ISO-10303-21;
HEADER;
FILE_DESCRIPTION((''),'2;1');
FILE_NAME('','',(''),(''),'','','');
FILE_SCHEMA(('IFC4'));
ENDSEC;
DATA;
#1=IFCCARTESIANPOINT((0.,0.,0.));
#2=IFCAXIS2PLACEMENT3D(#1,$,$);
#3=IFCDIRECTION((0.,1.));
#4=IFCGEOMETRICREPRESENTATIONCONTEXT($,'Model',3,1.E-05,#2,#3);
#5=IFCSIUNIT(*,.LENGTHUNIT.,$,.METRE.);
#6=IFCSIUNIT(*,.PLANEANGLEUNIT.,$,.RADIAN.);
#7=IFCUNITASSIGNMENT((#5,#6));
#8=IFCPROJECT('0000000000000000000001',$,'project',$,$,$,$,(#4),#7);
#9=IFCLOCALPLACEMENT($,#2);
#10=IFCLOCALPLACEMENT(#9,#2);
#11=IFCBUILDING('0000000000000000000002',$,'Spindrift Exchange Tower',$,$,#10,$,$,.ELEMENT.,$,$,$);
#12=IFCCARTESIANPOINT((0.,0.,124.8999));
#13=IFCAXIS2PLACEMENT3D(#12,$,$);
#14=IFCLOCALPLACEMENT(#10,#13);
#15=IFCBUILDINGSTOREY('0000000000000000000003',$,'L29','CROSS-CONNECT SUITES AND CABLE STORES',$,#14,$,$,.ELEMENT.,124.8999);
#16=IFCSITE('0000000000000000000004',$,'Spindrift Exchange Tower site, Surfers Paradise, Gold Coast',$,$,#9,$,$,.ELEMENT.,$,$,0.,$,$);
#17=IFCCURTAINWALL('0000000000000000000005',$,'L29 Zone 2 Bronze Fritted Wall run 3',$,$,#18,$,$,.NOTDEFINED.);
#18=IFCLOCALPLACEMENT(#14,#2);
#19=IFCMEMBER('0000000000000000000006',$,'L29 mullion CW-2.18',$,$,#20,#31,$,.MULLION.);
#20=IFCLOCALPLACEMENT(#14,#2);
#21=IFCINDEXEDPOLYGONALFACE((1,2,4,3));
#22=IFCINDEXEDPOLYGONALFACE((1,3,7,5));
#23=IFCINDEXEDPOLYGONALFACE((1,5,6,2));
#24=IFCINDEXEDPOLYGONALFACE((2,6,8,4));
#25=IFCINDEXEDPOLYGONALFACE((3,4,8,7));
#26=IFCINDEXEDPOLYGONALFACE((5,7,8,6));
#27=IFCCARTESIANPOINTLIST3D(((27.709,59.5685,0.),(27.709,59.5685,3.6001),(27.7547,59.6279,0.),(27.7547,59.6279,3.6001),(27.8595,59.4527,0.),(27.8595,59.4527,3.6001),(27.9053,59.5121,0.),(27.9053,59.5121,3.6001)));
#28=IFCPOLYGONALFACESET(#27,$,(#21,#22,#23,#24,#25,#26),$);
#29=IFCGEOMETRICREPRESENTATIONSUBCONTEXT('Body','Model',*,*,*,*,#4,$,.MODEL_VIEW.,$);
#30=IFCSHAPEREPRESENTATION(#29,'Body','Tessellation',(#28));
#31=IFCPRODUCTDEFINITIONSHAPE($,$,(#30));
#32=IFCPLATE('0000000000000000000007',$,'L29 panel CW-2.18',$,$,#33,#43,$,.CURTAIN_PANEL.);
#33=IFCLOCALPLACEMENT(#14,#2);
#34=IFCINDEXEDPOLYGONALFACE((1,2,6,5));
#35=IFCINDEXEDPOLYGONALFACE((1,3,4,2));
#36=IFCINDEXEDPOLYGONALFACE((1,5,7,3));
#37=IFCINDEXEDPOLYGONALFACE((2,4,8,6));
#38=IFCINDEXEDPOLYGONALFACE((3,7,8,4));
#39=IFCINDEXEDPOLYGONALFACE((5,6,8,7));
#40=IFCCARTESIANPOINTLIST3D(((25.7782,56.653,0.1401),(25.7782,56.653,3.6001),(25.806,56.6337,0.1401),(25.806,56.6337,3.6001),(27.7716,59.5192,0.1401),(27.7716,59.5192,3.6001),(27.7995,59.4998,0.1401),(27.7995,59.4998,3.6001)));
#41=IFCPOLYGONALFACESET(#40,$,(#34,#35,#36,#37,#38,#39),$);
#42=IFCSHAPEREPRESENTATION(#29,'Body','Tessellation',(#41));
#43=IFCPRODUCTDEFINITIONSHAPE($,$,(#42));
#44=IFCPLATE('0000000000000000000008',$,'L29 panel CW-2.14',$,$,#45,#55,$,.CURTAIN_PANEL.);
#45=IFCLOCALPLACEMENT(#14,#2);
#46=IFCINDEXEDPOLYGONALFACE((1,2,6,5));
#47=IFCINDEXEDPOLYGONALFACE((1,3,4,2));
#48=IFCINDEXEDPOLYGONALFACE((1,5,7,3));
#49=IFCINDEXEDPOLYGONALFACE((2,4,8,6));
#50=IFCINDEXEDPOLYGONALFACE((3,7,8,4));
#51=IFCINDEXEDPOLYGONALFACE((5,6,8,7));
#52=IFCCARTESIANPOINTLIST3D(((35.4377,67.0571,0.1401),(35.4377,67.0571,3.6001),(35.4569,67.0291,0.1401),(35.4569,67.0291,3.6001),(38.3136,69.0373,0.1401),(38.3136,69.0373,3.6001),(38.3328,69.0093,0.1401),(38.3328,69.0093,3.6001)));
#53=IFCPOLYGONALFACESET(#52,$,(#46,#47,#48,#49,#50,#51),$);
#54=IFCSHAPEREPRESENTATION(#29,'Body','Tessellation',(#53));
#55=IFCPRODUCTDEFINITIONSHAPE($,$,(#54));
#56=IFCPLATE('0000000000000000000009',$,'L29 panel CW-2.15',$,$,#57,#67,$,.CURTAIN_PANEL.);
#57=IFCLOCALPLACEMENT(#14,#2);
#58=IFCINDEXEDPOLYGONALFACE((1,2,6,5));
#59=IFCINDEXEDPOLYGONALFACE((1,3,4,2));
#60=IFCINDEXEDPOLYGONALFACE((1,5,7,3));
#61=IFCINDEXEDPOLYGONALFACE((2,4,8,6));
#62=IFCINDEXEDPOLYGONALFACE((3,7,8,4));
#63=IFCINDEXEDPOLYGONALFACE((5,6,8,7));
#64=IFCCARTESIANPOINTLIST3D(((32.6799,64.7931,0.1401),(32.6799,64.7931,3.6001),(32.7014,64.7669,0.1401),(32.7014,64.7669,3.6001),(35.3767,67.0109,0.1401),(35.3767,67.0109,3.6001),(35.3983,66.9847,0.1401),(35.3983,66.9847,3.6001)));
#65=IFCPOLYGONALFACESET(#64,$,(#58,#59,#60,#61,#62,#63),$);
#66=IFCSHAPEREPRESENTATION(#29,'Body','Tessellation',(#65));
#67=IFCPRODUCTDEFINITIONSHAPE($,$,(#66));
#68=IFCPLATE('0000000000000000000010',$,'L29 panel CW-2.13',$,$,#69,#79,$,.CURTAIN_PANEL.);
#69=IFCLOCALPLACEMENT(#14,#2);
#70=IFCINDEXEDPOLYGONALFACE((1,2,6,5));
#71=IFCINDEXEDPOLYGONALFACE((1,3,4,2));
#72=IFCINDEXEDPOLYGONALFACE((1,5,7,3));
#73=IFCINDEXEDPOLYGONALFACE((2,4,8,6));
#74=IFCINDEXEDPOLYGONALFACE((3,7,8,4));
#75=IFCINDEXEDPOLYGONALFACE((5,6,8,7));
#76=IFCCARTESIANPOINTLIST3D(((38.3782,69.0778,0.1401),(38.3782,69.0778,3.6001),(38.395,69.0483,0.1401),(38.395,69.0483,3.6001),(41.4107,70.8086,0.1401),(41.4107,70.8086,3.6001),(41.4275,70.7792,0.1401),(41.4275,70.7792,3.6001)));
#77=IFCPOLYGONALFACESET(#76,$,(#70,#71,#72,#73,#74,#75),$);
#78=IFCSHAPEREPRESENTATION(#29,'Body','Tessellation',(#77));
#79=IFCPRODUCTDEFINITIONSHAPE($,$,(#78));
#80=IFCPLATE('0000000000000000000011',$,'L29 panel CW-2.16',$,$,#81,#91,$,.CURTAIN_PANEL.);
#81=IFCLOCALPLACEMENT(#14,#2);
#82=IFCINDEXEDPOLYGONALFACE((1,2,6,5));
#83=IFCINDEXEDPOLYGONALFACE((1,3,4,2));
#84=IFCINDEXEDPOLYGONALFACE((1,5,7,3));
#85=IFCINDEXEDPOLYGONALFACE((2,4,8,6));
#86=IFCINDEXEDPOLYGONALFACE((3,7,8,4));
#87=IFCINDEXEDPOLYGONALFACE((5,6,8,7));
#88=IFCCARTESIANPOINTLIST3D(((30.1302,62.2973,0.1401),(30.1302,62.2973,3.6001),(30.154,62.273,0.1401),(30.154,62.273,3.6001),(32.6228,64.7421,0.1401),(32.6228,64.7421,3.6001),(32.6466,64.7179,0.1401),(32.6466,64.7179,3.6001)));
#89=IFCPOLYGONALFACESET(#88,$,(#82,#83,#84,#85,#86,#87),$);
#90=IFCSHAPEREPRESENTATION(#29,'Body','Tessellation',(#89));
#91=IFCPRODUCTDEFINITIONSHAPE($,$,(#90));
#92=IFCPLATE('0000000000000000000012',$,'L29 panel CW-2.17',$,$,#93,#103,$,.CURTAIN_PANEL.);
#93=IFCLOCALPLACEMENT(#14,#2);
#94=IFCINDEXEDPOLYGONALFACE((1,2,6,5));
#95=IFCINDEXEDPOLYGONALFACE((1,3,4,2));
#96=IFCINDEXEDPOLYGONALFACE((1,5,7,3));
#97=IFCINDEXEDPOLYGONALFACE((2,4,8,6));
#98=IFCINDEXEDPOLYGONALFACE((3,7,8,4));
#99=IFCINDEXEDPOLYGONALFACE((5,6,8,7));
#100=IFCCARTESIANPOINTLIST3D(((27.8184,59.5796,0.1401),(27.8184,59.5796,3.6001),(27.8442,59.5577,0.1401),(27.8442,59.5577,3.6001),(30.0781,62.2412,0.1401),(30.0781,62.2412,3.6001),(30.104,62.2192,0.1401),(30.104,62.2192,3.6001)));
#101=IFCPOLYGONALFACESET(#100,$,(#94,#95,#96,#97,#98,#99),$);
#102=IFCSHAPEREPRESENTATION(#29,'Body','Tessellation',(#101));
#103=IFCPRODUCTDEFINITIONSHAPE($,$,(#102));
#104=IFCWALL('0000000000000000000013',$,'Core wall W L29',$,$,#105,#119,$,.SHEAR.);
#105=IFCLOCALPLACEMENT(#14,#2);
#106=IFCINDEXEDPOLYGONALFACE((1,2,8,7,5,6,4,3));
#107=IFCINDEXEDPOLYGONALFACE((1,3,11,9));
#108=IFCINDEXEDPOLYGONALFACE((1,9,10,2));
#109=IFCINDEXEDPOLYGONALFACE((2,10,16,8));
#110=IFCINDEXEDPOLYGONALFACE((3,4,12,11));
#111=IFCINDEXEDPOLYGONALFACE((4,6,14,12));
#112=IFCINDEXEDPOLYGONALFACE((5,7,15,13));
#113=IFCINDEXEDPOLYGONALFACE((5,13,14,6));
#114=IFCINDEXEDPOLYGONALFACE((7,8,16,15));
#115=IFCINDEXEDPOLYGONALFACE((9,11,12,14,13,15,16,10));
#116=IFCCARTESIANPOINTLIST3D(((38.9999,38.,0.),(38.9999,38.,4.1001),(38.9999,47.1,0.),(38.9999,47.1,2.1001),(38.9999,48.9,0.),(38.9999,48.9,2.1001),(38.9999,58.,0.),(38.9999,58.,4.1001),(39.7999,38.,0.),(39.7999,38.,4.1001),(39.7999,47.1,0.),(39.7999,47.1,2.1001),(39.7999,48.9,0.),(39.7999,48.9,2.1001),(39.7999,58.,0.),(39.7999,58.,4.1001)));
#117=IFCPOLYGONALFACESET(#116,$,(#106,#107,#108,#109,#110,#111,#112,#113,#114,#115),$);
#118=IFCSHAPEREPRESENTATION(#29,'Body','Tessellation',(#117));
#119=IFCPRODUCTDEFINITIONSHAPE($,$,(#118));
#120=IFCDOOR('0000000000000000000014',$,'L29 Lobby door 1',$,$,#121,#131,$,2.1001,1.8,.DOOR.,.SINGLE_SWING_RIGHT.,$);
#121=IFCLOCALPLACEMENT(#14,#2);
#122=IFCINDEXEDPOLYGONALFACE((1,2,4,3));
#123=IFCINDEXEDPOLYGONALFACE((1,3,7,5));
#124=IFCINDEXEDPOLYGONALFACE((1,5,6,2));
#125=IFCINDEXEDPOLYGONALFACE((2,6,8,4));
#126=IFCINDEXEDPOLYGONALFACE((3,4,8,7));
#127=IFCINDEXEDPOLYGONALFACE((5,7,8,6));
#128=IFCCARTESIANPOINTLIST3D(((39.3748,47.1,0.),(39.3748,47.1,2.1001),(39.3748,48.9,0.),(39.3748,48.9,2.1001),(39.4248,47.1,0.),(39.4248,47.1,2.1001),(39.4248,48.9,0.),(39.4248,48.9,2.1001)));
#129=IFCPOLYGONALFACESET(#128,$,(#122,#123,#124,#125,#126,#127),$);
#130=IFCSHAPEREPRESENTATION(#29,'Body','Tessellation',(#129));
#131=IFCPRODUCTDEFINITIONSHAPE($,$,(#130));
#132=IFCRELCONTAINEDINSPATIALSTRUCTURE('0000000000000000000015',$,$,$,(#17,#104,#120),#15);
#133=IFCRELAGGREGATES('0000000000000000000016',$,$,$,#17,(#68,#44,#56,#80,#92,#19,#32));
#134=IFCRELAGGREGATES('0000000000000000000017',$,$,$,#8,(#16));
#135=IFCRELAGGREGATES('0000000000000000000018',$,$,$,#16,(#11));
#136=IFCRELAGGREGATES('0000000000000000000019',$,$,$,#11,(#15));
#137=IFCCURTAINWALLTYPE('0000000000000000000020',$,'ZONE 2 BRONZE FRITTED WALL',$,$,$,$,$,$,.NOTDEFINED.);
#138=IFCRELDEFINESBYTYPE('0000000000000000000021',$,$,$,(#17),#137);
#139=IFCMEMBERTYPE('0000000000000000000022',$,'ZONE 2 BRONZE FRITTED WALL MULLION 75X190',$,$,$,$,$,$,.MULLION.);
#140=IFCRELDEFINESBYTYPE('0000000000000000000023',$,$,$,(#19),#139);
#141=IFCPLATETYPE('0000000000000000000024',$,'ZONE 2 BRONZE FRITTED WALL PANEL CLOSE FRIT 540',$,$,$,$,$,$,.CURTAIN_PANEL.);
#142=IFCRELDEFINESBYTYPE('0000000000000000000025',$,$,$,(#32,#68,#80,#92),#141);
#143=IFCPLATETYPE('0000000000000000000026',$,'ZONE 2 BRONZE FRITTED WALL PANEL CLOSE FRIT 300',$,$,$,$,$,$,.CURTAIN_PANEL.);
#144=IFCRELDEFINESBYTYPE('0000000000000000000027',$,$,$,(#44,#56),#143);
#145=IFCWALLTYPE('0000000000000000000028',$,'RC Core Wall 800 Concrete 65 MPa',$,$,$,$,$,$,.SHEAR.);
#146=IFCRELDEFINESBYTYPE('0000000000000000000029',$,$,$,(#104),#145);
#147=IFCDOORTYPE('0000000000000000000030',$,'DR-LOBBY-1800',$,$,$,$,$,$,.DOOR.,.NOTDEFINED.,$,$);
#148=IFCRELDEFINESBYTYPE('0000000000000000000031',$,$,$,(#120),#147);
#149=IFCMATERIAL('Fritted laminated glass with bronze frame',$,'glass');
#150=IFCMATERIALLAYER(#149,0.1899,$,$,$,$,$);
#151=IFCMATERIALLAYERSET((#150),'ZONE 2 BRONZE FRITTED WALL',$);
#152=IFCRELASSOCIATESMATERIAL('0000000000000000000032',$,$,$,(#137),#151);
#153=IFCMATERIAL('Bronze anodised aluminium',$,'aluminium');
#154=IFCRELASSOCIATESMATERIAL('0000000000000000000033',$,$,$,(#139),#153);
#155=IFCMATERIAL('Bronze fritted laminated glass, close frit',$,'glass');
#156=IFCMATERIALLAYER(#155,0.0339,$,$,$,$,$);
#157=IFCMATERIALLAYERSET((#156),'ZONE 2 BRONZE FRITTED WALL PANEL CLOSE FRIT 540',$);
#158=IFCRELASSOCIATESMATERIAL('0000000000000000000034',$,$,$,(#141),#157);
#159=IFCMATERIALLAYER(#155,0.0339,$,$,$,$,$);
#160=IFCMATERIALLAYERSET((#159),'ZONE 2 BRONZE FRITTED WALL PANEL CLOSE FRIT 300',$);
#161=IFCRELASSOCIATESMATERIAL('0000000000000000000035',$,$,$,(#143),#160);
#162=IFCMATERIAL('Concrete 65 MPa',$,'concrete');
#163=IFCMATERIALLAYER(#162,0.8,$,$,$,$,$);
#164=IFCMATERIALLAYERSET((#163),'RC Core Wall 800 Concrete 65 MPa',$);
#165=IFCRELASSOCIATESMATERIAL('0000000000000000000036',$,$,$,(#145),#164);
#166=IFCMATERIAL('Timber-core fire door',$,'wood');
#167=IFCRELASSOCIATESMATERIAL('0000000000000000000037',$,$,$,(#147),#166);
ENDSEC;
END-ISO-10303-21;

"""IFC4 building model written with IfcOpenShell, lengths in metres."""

from ifc_helpers import new_model, si_unit, direction, frame, frame_2d, origin, origin_2d, place, context, subcontext, project, spatial, rectangle, extrude, source, transform, mapped, material, layer, layer_set, material_profile, profile_set, type_object, element, fill, aggregate, save


model = new_model("IFC4")

# Units and contexts
model_context = context("Model", 3, precision=1e-05, world=origin(), true_north=direction((0.0, 1.0)))
body_context = subcontext(model_context, "Body", "Model", "MODEL_VIEW")
ifc_project = project(units=[si_unit("LENGTHUNIT", "METRE"), si_unit("PLANEANGLEUNIT", "RADIAN")], contexts=[model_context])

# Site, building, storey
site_placement = place(None, origin())
site = spatial("IfcSite", under=ifc_project, at=site_placement, Name="Spindrift Exchange Tower site, Surfers Paradise, Gold Coast", CompositionType="ELEMENT", RefElevation=0.0)
building_placement = place(site_placement, origin())
building = spatial("IfcBuilding", under=site, at=building_placement, Name="Spindrift Exchange Tower", CompositionType="ELEMENT")
storey_placement = place(building_placement, frame((0.0, 0.0, 124.8999)))
storey = spatial("IfcBuildingStorey", under=building, at=storey_placement, Name="L29", Description="CROSS-CONNECT SUITES AND CABLE STORES", CompositionType="ELEMENT", Elevation=124.8999)

# Shared definitions
ifc_material_1 = material(Name="Concrete 65 MPa", Category="concrete")

# Curtain wall, member, plates
ifc_material_2 = material(Name="Fritted laminated glass with bronze frame", Category="glass")
ifc_layer_1 = layer(ifc_material_2, 0.1899)
ifc_layer_set_1 = layer_set([ifc_layer_1], Name="ZONE 2 BRONZE FRITTED WALL")
curtain_wall_type = type_object("IfcCurtainWallType", Name="ZONE 2 BRONZE FRITTED WALL", PredefinedType="NOTDEFINED", material=ifc_layer_set_1)
curtain_wall_placement = place(storey_placement, origin())
curtain_wall = element("IfcCurtainWall", 1, at=curtain_wall_placement, inside=storey, type_object=curtain_wall_type, Name="L29 Zone 2 Bronze Fritted Wall run 3", PredefinedType="NOTDEFINED")
ifc_material_3 = material(Name="Bronze anodised aluminium", Category="aluminium")
ifc_material_profile_1 = material_profile(ifc_material_3, rectangle(XDim=0.075, YDim=0.1899, at=origin_2d()), Name="ZONE 2 BRONZE FRITTED WALL MULLION 75X190")
ifc_profile_set_1 = profile_set([ifc_material_profile_1], Name="Bronze anodised aluminium")
member_type_1 = type_object("IfcMemberType", Name="ZONE 2 BRONZE FRITTED WALL MULLION 75X190", PredefinedType="MULLION", material=ifc_profile_set_1)
shared_shape_1 = source(origin(), body_context, "Body", "SweptSolid", [
    extrude(rectangle(XDim=0.075, YDim=0.1899, at=origin_2d()), origin(), (0.0, 0.0, 1.0), 3.6001),
])
member_1_placement = place(storey_placement, frame((27.8071, 59.5403, 0.0), z_axis=(0.0, 0.0, 1.0), x_axis=(-0.609817, -0.792542, 0.0)))
member_1 = element("IfcMember", 2, at=member_1_placement, type_object=member_type_1, Name="L29 mullion CW-2.18", PredefinedType="MULLION", context=body_context, shape_type="MappedRepresentation", body=[
    mapped(shared_shape_1, transform((0.0, 0.0, 0.0), scale=1.0)),
])
ifc_material_4 = material(Name="Bronze fritted laminated glass, close frit", Category="glass")
ifc_layer_2 = layer(ifc_material_4, 0.0339)
ifc_layer_set_2 = layer_set([ifc_layer_2], Name="ZONE 2 BRONZE FRITTED WALL PANEL CLOSE FRIT 540")
plate_type_1 = type_object("IfcPlateType", Name="ZONE 2 BRONZE FRITTED WALL PANEL CLOSE FRIT 540", PredefinedType="CURTAIN_PANEL", material=ifc_layer_set_2)
shared_shape_2 = source(origin(), body_context, "Body", "SweptSolid", [
    extrude(rectangle(XDim=3.4912, YDim=0.0339, at=origin_2d()), origin(), (0.0, 0.0, 1.0), 3.46),
])
plate_1_placement = place(storey_placement, frame((26.7888, 58.0764, 0.1401), z_axis=(0.0, 0.0, 1.0), x_axis=(-0.570996, -0.820953, 0.0)))
plate_1 = element("IfcPlate", 3, at=plate_1_placement, type_object=plate_type_1, Name="L29 panel CW-2.18", PredefinedType="CURTAIN_PANEL", context=body_context, shape_type="MappedRepresentation", body=[
    mapped(shared_shape_2, transform((0.0, 0.0, 0.0), scale=1.0)),
])
ifc_layer_3 = layer(ifc_material_4, 0.0339)
ifc_layer_set_3 = layer_set([ifc_layer_3], Name="ZONE 2 BRONZE FRITTED WALL PANEL CLOSE FRIT 300")
plate_type_2 = type_object("IfcPlateType", Name="ZONE 2 BRONZE FRITTED WALL PANEL CLOSE FRIT 300", PredefinedType="CURTAIN_PANEL", material=ifc_layer_set_3)
shared_shape_3 = source(origin(), body_context, "Body", "SweptSolid", [
    extrude(rectangle(XDim=3.4917, YDim=0.0339, at=origin_2d()), origin(), (0.0, 0.0, 1.0), 3.46),
])
plate_2_placement = place(storey_placement, frame((36.8853, 68.0332, 0.1401), z_axis=(0.0, 0.0, 1.0), x_axis=(-0.823645, -0.567105, 0.0)))
plate_2 = element("IfcPlate", 4, at=plate_2_placement, type_object=plate_type_2, Name="L29 panel CW-2.14", PredefinedType="CURTAIN_PANEL", context=body_context, shape_type="MappedRepresentation", body=[
    mapped(shared_shape_3, transform((0.0, 0.0, 0.0), scale=1.0)),
])
plate_3_placement = place(storey_placement, frame((34.0391, 65.8889, 0.1401), z_axis=(0.0, 0.0, 1.0), x_axis=(-0.772365, -0.63518, 0.0)))
plate_3 = element("IfcPlate", 5, at=plate_3_placement, type_object=plate_type_2, Name="L29 panel CW-2.15", PredefinedType="CURTAIN_PANEL", context=body_context, shape_type="MappedRepresentation", body=[
    mapped(shared_shape_3, transform((0.0, 0.0, 0.0), scale=1.0)),
])
shared_shape_4 = source(origin(), body_context, "Body", "SweptSolid", [
    extrude(rectangle(XDim=3.4917, YDim=0.0339, at=origin_2d()), origin(), (0.0, 0.0, 1.0), 3.46),
])
plate_4_placement = place(storey_placement, frame((39.9028, 69.9285, 0.1401), z_axis=(0.0, 0.0, 1.0), x_axis=(-0.868491, -0.495704, 0.0)))
plate_4 = element("IfcPlate", 6, at=plate_4_placement, type_object=plate_type_1, Name="L29 panel CW-2.13", PredefinedType="CURTAIN_PANEL", context=body_context, shape_type="MappedRepresentation", body=[
    mapped(shared_shape_4, transform((0.0, 0.0, 0.0), scale=1.0)),
])
shared_shape_5 = source(origin(), body_context, "Body", "SweptSolid", [
    extrude(rectangle(XDim=3.4915, YDim=0.0339, at=origin_2d()), origin(), (0.0, 0.0, 1.0), 3.46),
])
plate_5_placement = place(storey_placement, frame((31.3884, 63.5076, 0.1401), z_axis=(0.0, 0.0, 1.0), x_axis=(-0.713916, -0.700232, 0.0)))
plate_5 = element("IfcPlate", 7, at=plate_5_placement, type_object=plate_type_1, Name="L29 panel CW-2.16", PredefinedType="CURTAIN_PANEL", context=body_context, shape_type="MappedRepresentation", body=[
    mapped(shared_shape_5, transform((0.0, 0.0, 0.0), scale=1.0)),
])
plate_6_placement = place(storey_placement, frame((28.9612, 60.8994, 0.1401), z_axis=(0.0, 0.0, 1.0), x_axis=(-0.647226, -0.762298, 0.0)))
plate_6 = element("IfcPlate", 8, at=plate_6_placement, type_object=plate_type_1, Name="L29 panel CW-2.17", PredefinedType="CURTAIN_PANEL", context=body_context, shape_type="MappedRepresentation", body=[
    mapped(shared_shape_5, transform((0.0, 0.0, 0.0), scale=1.0)),
])
aggregate(curtain_wall, [plate_4, plate_2, plate_3, plate_5, plate_6, member_1, plate_1])

# Wall, opening, door
ifc_layer_4 = layer(ifc_material_1, 0.8)
ifc_layer_set_4 = layer_set([ifc_layer_4], Name="RC Core Wall 800 Concrete 65 MPa")
wall_type_1 = type_object("IfcWallType", Name="RC Core Wall 800 Concrete 65 MPa", PredefinedType="SHEAR", material=ifc_layer_set_4)
wall_1_placement = place(storey_placement, frame((39.3999, 58.0, 0.0), z_axis=(0.0, 0.0, 1.0), x_axis=(0.0, -1.0, 0.0)))
wall_1 = element("IfcWall", 9, at=wall_1_placement, inside=storey, type_object=wall_type_1, Name="Core wall W L29", PredefinedType="SHEAR", context=body_context, shape_type="SweptSolid", body=[
    extrude(rectangle(XDim=20.0, YDim=0.8, at=frame_2d((10.0, 0.0))), origin(), (0.0, 0.0, 1.0), 4.1001),
])
opening_1_placement = place(wall_1_placement, frame((9.1001, 0.0, 0.0)))
opening_1 = element("IfcOpeningElement", 10, at=opening_1_placement, cuts=wall_1, PredefinedType="OPENING", context=body_context, shape_type="SweptSolid", body=[
    extrude(rectangle(XDim=1.8, YDim=2.1001, at=frame_2d((0.8999, 1.05))), frame((0.0, 0.4099, 0.0), z_axis=(0.0, -1.0, 0.0), x_axis=(1.0, 0.0, 0.0)), (0.0, 0.0, 1.0), 0.8201),
])
ifc_material_5 = material(Name="Timber-core fire door", Category="wood")
door_type_1 = type_object("IfcDoorType", Name="DR-LOBBY-1800", OperationType="NOTDEFINED", PredefinedType="DOOR", material=ifc_material_5)
shared_shape_6 = source(origin(), body_context, "Body", "SweptSolid", [
    extrude(rectangle(XDim=1.8, YDim=2.1001, at=frame_2d((0.8999, 1.05))), frame((0.0, 0.0249, 0.0), z_axis=(0.0, -1.0, 0.0), x_axis=(1.0, 0.0, 0.0)), (0.0, 0.0, 1.0), 0.05),
])
door_1_placement = place(opening_1_placement, origin())
door_1 = element("IfcDoor", 11, at=door_1_placement, inside=storey, type_object=door_type_1, Name="L29 Lobby door 1", OperationType="SINGLE_SWING_RIGHT", OverallHeight=2.1001, OverallWidth=1.8, PredefinedType="DOOR", context=body_context, shape_type="MappedRepresentation", body=[
    mapped(shared_shape_6, transform((0.0, 0.0, 0.0), scale=1.0)),
])
fill(opening_1, door_1)

save(model, "model.ifc")
